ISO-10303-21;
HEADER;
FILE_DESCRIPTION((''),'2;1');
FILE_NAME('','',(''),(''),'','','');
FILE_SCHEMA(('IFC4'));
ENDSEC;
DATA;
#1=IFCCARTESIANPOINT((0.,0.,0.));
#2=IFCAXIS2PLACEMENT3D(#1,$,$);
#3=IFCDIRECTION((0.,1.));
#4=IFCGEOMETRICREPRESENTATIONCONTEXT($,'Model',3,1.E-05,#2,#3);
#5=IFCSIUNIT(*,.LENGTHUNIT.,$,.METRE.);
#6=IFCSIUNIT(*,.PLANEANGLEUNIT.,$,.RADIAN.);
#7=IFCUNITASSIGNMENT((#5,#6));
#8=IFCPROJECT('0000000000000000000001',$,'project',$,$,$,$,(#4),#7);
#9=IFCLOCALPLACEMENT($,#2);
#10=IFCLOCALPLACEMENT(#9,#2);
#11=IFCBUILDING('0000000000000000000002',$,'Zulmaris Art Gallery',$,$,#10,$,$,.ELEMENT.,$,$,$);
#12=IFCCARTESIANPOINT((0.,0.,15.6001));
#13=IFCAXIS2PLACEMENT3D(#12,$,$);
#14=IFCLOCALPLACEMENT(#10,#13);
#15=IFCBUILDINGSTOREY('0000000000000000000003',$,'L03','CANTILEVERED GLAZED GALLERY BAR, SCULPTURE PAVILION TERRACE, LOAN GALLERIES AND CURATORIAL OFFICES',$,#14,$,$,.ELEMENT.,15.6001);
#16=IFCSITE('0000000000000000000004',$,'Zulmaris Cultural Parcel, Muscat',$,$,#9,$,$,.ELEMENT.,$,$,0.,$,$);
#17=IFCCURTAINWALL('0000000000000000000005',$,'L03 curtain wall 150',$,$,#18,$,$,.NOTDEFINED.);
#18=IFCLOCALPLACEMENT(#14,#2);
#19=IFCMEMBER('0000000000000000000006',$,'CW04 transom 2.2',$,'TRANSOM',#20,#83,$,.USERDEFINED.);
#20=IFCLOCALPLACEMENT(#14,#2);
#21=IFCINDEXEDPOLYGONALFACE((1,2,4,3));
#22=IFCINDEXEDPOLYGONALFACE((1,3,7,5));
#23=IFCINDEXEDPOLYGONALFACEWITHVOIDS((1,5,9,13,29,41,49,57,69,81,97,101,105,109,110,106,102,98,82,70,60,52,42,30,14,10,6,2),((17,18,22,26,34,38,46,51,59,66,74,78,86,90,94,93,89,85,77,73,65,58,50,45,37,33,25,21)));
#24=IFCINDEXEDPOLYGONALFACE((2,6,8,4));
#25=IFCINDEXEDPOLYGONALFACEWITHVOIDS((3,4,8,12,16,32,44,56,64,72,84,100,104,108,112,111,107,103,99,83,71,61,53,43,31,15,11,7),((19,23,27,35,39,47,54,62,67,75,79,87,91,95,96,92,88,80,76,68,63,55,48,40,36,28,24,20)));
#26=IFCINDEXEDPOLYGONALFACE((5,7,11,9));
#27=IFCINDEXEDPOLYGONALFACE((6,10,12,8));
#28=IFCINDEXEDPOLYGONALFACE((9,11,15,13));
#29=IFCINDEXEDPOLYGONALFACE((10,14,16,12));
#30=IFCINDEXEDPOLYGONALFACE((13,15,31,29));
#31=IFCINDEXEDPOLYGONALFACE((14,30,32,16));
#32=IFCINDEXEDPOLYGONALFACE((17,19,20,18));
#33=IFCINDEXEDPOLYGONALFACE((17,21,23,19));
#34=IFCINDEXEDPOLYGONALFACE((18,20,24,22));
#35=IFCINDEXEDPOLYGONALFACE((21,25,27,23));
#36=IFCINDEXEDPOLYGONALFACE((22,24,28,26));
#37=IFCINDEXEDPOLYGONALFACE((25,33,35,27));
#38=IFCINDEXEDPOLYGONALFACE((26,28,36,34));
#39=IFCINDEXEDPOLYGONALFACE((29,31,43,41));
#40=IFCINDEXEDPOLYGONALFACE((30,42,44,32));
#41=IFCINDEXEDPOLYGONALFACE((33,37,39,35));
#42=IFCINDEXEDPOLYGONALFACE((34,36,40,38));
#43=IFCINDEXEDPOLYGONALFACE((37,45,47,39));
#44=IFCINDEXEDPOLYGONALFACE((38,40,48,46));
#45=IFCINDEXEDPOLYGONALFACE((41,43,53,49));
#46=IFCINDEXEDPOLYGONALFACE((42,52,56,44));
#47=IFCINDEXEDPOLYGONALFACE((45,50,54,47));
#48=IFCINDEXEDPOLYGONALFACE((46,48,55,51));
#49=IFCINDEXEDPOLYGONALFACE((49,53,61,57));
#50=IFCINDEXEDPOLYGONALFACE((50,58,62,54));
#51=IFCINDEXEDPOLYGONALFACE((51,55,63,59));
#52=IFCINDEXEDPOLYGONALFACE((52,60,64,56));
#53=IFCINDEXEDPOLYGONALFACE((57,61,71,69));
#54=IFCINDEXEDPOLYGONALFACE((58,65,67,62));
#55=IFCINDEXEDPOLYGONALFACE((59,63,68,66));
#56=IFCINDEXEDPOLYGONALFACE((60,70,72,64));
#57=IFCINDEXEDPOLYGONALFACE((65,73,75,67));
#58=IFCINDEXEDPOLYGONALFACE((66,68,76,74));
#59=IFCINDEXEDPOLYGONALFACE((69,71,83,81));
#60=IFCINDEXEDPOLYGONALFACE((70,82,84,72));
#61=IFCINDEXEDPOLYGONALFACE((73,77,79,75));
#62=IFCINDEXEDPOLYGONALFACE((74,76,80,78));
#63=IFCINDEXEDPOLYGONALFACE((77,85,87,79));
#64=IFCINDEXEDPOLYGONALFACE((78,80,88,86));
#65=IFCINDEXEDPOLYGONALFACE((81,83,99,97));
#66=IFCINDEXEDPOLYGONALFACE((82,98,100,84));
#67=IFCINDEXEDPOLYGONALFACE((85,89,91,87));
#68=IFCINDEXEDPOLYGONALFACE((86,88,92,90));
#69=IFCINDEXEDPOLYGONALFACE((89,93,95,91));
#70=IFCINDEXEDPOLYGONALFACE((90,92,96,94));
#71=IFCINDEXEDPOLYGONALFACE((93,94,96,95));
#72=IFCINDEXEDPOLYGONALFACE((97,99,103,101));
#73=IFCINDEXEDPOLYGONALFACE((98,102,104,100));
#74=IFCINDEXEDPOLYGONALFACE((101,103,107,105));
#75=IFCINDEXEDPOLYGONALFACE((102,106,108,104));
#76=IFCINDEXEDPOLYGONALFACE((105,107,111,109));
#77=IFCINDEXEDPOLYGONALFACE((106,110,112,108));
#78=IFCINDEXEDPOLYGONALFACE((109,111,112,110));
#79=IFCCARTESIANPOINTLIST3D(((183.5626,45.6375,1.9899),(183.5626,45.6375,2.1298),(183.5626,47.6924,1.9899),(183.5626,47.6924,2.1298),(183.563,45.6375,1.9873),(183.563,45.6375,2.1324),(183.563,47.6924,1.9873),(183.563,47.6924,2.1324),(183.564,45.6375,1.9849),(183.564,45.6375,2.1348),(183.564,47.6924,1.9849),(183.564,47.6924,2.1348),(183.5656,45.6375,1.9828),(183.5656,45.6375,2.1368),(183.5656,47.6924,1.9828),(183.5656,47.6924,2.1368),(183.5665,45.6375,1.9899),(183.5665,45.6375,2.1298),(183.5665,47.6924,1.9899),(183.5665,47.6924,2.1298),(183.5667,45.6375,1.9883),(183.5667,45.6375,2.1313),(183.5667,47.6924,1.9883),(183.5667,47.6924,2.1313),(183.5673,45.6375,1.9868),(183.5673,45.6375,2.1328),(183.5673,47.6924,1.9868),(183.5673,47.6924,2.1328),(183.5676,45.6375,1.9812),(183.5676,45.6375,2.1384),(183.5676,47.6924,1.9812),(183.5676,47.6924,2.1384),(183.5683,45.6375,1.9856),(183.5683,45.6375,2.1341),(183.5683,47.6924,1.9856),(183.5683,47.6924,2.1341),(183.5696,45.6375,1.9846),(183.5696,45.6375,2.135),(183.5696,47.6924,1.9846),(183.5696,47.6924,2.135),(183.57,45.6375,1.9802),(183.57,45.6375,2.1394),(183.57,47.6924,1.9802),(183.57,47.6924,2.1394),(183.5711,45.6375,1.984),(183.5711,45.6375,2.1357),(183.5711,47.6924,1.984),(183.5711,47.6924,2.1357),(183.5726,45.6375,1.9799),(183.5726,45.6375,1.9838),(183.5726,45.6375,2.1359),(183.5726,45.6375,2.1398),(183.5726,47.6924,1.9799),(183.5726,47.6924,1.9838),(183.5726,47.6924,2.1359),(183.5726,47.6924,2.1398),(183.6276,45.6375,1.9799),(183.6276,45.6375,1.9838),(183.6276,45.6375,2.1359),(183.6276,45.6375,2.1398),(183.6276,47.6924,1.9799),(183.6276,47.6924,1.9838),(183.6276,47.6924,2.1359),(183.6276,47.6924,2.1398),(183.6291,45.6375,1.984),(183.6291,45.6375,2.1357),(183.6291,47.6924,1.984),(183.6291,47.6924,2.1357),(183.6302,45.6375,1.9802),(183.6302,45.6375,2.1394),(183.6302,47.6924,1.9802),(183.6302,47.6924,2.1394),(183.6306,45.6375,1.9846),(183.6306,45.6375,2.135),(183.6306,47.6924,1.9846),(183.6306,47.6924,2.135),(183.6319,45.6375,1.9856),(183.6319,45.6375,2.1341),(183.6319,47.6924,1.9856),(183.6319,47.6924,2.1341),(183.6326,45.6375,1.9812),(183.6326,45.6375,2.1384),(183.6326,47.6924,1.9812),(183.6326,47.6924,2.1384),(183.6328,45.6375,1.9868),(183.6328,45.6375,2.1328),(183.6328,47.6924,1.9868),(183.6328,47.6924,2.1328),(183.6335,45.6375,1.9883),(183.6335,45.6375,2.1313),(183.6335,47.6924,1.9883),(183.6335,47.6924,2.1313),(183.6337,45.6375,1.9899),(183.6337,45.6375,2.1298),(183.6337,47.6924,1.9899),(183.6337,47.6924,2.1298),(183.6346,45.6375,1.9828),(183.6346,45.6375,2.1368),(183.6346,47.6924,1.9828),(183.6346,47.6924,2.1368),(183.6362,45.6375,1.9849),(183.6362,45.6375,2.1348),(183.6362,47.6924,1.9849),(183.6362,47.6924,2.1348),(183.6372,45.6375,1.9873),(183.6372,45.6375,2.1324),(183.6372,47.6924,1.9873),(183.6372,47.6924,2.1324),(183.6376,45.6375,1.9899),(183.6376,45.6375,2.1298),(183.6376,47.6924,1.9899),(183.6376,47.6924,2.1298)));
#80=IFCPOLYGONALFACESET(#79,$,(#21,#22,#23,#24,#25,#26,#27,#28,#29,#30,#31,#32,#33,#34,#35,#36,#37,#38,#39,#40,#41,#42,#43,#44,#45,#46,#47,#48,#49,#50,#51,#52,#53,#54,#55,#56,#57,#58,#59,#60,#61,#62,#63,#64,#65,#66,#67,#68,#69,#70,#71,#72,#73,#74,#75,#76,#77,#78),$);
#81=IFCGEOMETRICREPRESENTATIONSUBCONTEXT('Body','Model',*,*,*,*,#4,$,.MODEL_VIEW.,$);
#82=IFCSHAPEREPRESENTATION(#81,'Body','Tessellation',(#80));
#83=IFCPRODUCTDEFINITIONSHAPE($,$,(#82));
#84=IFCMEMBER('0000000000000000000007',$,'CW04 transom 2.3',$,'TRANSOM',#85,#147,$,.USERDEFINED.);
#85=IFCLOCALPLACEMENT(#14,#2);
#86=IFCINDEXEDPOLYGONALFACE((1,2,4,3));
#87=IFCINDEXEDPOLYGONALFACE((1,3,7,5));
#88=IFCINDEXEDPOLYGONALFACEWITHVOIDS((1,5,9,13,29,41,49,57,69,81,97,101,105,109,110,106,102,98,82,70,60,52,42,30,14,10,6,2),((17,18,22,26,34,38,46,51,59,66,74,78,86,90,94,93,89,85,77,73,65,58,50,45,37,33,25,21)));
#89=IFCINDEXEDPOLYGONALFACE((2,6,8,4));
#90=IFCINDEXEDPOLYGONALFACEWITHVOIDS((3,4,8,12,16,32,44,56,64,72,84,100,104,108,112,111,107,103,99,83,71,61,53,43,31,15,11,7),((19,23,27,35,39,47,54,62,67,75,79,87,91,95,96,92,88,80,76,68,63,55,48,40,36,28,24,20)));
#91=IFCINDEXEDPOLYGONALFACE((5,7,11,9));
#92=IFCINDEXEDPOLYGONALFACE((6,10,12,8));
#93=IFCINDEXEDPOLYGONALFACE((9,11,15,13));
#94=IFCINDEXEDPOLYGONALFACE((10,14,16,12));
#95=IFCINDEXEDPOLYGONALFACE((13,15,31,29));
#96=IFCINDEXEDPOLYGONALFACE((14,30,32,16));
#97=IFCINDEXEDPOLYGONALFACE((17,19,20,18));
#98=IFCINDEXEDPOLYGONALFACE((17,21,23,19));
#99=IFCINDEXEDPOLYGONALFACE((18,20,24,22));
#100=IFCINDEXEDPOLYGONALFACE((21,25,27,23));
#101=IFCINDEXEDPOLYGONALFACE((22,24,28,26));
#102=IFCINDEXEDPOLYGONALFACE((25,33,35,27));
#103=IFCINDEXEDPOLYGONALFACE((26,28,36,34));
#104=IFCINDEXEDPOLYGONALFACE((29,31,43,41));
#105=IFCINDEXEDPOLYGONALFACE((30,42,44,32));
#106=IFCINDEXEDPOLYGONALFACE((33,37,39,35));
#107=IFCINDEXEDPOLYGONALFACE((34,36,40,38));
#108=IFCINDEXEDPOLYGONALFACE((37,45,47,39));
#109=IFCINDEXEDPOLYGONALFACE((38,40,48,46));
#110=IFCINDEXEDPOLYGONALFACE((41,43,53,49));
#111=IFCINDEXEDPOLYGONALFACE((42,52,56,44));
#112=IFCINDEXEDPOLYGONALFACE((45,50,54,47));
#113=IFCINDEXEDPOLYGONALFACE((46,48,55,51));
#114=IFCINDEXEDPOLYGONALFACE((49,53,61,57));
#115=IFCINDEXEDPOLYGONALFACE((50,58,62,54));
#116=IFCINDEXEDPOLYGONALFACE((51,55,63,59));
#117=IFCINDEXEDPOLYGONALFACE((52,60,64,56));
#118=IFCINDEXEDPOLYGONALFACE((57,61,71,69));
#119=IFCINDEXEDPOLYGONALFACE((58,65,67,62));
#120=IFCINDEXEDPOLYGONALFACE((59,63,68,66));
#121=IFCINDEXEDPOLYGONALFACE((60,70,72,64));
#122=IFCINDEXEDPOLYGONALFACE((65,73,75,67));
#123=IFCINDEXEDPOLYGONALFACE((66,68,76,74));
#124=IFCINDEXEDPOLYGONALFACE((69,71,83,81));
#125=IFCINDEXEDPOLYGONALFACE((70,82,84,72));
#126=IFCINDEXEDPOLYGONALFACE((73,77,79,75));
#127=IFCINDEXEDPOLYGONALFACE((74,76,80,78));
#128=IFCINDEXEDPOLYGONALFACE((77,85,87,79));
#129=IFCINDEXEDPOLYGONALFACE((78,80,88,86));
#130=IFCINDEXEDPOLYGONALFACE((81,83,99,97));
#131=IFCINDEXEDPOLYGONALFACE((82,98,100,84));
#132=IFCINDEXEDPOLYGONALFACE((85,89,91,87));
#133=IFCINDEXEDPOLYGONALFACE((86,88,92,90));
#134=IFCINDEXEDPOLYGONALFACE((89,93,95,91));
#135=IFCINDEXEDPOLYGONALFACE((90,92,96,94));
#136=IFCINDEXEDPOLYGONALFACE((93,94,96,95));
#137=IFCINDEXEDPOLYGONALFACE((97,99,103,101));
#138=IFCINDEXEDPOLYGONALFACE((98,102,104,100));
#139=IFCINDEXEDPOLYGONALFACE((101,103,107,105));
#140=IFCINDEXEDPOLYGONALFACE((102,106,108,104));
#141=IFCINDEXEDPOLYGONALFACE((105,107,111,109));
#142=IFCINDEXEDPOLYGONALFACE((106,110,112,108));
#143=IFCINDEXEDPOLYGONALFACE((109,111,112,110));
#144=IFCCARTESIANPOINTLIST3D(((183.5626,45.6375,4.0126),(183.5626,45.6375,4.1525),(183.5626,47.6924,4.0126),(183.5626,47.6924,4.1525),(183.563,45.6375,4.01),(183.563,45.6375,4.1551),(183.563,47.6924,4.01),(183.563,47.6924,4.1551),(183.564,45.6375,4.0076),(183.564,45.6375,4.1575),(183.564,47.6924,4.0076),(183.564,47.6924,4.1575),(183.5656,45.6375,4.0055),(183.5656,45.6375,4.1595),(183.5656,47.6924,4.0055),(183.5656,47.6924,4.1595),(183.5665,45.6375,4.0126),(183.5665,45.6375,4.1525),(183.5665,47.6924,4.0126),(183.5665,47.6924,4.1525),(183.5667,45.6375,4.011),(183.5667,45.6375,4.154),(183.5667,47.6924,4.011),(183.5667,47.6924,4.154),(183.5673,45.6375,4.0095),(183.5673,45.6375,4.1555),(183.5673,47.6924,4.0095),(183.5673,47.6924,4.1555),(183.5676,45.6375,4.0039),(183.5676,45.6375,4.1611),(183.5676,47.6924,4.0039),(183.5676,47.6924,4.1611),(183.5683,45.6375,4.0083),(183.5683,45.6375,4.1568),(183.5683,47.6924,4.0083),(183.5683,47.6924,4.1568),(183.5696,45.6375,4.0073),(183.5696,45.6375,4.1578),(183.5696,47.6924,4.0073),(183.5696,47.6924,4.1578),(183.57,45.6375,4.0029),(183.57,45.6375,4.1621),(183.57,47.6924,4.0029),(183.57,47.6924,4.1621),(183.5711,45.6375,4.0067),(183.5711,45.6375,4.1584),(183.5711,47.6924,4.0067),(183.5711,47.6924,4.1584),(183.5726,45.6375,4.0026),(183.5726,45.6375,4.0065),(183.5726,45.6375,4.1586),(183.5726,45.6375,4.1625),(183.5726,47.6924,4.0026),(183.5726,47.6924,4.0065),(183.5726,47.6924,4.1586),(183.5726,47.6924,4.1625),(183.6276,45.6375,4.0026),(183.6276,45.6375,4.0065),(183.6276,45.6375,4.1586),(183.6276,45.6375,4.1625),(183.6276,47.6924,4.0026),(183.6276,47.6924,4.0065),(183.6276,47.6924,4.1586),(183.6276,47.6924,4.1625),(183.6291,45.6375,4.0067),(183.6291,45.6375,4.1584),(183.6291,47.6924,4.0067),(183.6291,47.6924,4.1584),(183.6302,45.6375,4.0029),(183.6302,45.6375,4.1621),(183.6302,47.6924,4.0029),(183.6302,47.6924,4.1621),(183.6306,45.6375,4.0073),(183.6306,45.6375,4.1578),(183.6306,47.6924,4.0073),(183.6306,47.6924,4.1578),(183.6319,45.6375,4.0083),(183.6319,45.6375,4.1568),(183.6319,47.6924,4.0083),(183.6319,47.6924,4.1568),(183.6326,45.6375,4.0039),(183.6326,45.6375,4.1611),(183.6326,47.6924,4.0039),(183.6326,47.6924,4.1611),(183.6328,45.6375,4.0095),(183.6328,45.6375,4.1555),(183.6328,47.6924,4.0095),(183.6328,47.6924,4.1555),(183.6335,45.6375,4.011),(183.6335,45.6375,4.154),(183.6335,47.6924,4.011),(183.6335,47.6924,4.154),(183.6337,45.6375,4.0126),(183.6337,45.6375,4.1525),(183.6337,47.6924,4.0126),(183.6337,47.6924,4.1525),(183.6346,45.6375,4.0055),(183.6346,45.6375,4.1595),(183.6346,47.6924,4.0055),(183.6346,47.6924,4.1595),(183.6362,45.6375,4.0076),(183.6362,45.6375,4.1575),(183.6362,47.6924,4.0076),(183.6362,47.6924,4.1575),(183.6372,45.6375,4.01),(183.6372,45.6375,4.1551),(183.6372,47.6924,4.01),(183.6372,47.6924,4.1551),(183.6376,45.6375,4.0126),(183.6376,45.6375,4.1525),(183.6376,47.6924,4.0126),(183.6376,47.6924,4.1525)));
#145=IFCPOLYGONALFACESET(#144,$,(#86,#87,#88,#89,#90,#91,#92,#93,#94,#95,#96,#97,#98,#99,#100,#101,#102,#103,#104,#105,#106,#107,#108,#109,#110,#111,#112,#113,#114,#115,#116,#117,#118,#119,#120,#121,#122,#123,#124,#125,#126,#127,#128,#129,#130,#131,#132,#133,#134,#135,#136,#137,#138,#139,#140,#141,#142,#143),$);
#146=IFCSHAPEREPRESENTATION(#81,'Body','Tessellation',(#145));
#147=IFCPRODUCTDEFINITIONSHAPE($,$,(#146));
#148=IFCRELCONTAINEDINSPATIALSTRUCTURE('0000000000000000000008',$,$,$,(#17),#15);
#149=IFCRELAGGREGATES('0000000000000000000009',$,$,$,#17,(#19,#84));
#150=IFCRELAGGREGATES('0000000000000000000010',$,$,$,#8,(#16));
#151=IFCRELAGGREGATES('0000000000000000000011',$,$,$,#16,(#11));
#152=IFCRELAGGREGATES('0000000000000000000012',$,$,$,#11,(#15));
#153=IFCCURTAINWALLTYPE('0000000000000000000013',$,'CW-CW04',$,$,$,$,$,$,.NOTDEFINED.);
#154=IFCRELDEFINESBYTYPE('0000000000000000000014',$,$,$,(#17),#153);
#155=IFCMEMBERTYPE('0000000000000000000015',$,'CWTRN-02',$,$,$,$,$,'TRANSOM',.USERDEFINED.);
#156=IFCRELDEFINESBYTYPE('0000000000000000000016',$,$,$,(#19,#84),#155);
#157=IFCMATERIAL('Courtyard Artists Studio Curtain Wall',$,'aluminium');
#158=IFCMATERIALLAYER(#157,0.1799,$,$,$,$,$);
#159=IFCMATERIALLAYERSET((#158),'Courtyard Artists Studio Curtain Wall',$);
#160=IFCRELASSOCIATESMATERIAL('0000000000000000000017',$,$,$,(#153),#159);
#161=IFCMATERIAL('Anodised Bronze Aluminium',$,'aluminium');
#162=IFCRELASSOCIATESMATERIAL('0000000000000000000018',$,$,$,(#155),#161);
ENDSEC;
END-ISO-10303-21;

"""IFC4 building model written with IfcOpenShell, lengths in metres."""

from ifc_helpers import new_model, si_unit, direction, frame, origin, origin_2d, place, context, subcontext, project, spatial, hollow_rectangle, extrude, material, layer, layer_set, material_profile, profile_set, type_object, element, aggregate, save


model = new_model("IFC4")

# Units and contexts
model_context = context("Model", 3, precision=1e-05, world=origin(), true_north=direction((0.0, 1.0)))
body_context = subcontext(model_context, "Body", "Model", "MODEL_VIEW")
ifc_project = project(units=[si_unit("LENGTHUNIT", "METRE"), si_unit("PLANEANGLEUNIT", "RADIAN")], contexts=[model_context])

# Site, building, storey
site_placement = place(None, origin())
site = spatial("IfcSite", under=ifc_project, at=site_placement, Name="Zulmaris Cultural Parcel, Muscat", CompositionType="ELEMENT", RefElevation=0.0)
building_placement = place(site_placement, origin())
building = spatial("IfcBuilding", under=site, at=building_placement, Name="Zulmaris Art Gallery", CompositionType="ELEMENT")
storey_placement = place(building_placement, frame((0.0, 0.0, 15.6001)))
storey = spatial("IfcBuildingStorey", under=building, at=storey_placement, Name="L03", Description="CANTILEVERED GLAZED GALLERY BAR, SCULPTURE PAVILION TERRACE, LOAN GALLERIES AND CURATORIAL OFFICES", CompositionType="ELEMENT", Elevation=15.6001)

# Curtain wall
ifc_material_1 = material(Name="Courtyard Artists Studio Curtain Wall", Category="aluminium")
ifc_layer_1 = layer(ifc_material_1, 0.1799)
ifc_layer_set_1 = layer_set([ifc_layer_1], Name="Courtyard Artists Studio Curtain Wall")
curtain_wall_type = type_object("IfcCurtainWallType", Name="CW-CW04", PredefinedType="NOTDEFINED", material=ifc_layer_set_1)
curtain_wall_1_placement = place(storey_placement, origin())
curtain_wall_1 = element("IfcCurtainWall", 1, at=curtain_wall_1_placement, inside=storey, type_object=curtain_wall_type, Name="L03 curtain wall 150", PredefinedType="NOTDEFINED")
ifc_material_2 = material(Name="Anodised Bronze Aluminium", Category="aluminium")

# Members
ifc_material_profile_1 = material_profile(ifc_material_2, hollow_rectangle(XDim=0.075, YDim=0.1599, WallThickness=0.0039, InnerFilletRadius=0.0061, OuterFilletRadius=0.01, at=origin_2d()), Name="ALU 75x160x4")
ifc_profile_set_1 = profile_set([ifc_material_profile_1], Name="Anodised Bronze Aluminium")
member_type_1 = type_object("IfcMemberType", Name="CWTRN-02", ElementType="TRANSOM", PredefinedType="USERDEFINED", material=ifc_profile_set_1)
member_1_placement = place(storey_placement, frame((183.6001, 47.6924, 2.0598), z_axis=(0.0, -1.0, 0.0), x_axis=(1.0, 0.0, 0.0)))
member_1 = element("IfcMember", 2, at=member_1_placement, type_object=member_type_1, Name="CW04 transom 2.2", ObjectType="TRANSOM", PredefinedType="USERDEFINED", context=body_context, shape_type="SweptSolid", body=[
    extrude(hollow_rectangle(XDim=0.075, YDim=0.1599, WallThickness=0.0039, InnerFilletRadius=0.0061, OuterFilletRadius=0.01, at=origin_2d()), origin(), (0.0, 0.0, 1.0), 2.0549),
])
member_2_placement = place(storey_placement, frame((183.6001, 47.6924, 4.0825), z_axis=(0.0, -1.0, 0.0), x_axis=(1.0, 0.0, 0.0)))
member_2 = element("IfcMember", 3, at=member_2_placement, type_object=member_type_1, Name="CW04 transom 2.3", ObjectType="TRANSOM", PredefinedType="USERDEFINED", context=body_context, shape_type="SweptSolid", body=[
    extrude(hollow_rectangle(XDim=0.075, YDim=0.1599, WallThickness=0.0039, InnerFilletRadius=0.0061, OuterFilletRadius=0.01, at=origin_2d()), origin(), (0.0, 0.0, 1.0), 2.0549),
])

aggregate(curtain_wall_1, [member_1, member_2])

save(model, "model.ifc")
